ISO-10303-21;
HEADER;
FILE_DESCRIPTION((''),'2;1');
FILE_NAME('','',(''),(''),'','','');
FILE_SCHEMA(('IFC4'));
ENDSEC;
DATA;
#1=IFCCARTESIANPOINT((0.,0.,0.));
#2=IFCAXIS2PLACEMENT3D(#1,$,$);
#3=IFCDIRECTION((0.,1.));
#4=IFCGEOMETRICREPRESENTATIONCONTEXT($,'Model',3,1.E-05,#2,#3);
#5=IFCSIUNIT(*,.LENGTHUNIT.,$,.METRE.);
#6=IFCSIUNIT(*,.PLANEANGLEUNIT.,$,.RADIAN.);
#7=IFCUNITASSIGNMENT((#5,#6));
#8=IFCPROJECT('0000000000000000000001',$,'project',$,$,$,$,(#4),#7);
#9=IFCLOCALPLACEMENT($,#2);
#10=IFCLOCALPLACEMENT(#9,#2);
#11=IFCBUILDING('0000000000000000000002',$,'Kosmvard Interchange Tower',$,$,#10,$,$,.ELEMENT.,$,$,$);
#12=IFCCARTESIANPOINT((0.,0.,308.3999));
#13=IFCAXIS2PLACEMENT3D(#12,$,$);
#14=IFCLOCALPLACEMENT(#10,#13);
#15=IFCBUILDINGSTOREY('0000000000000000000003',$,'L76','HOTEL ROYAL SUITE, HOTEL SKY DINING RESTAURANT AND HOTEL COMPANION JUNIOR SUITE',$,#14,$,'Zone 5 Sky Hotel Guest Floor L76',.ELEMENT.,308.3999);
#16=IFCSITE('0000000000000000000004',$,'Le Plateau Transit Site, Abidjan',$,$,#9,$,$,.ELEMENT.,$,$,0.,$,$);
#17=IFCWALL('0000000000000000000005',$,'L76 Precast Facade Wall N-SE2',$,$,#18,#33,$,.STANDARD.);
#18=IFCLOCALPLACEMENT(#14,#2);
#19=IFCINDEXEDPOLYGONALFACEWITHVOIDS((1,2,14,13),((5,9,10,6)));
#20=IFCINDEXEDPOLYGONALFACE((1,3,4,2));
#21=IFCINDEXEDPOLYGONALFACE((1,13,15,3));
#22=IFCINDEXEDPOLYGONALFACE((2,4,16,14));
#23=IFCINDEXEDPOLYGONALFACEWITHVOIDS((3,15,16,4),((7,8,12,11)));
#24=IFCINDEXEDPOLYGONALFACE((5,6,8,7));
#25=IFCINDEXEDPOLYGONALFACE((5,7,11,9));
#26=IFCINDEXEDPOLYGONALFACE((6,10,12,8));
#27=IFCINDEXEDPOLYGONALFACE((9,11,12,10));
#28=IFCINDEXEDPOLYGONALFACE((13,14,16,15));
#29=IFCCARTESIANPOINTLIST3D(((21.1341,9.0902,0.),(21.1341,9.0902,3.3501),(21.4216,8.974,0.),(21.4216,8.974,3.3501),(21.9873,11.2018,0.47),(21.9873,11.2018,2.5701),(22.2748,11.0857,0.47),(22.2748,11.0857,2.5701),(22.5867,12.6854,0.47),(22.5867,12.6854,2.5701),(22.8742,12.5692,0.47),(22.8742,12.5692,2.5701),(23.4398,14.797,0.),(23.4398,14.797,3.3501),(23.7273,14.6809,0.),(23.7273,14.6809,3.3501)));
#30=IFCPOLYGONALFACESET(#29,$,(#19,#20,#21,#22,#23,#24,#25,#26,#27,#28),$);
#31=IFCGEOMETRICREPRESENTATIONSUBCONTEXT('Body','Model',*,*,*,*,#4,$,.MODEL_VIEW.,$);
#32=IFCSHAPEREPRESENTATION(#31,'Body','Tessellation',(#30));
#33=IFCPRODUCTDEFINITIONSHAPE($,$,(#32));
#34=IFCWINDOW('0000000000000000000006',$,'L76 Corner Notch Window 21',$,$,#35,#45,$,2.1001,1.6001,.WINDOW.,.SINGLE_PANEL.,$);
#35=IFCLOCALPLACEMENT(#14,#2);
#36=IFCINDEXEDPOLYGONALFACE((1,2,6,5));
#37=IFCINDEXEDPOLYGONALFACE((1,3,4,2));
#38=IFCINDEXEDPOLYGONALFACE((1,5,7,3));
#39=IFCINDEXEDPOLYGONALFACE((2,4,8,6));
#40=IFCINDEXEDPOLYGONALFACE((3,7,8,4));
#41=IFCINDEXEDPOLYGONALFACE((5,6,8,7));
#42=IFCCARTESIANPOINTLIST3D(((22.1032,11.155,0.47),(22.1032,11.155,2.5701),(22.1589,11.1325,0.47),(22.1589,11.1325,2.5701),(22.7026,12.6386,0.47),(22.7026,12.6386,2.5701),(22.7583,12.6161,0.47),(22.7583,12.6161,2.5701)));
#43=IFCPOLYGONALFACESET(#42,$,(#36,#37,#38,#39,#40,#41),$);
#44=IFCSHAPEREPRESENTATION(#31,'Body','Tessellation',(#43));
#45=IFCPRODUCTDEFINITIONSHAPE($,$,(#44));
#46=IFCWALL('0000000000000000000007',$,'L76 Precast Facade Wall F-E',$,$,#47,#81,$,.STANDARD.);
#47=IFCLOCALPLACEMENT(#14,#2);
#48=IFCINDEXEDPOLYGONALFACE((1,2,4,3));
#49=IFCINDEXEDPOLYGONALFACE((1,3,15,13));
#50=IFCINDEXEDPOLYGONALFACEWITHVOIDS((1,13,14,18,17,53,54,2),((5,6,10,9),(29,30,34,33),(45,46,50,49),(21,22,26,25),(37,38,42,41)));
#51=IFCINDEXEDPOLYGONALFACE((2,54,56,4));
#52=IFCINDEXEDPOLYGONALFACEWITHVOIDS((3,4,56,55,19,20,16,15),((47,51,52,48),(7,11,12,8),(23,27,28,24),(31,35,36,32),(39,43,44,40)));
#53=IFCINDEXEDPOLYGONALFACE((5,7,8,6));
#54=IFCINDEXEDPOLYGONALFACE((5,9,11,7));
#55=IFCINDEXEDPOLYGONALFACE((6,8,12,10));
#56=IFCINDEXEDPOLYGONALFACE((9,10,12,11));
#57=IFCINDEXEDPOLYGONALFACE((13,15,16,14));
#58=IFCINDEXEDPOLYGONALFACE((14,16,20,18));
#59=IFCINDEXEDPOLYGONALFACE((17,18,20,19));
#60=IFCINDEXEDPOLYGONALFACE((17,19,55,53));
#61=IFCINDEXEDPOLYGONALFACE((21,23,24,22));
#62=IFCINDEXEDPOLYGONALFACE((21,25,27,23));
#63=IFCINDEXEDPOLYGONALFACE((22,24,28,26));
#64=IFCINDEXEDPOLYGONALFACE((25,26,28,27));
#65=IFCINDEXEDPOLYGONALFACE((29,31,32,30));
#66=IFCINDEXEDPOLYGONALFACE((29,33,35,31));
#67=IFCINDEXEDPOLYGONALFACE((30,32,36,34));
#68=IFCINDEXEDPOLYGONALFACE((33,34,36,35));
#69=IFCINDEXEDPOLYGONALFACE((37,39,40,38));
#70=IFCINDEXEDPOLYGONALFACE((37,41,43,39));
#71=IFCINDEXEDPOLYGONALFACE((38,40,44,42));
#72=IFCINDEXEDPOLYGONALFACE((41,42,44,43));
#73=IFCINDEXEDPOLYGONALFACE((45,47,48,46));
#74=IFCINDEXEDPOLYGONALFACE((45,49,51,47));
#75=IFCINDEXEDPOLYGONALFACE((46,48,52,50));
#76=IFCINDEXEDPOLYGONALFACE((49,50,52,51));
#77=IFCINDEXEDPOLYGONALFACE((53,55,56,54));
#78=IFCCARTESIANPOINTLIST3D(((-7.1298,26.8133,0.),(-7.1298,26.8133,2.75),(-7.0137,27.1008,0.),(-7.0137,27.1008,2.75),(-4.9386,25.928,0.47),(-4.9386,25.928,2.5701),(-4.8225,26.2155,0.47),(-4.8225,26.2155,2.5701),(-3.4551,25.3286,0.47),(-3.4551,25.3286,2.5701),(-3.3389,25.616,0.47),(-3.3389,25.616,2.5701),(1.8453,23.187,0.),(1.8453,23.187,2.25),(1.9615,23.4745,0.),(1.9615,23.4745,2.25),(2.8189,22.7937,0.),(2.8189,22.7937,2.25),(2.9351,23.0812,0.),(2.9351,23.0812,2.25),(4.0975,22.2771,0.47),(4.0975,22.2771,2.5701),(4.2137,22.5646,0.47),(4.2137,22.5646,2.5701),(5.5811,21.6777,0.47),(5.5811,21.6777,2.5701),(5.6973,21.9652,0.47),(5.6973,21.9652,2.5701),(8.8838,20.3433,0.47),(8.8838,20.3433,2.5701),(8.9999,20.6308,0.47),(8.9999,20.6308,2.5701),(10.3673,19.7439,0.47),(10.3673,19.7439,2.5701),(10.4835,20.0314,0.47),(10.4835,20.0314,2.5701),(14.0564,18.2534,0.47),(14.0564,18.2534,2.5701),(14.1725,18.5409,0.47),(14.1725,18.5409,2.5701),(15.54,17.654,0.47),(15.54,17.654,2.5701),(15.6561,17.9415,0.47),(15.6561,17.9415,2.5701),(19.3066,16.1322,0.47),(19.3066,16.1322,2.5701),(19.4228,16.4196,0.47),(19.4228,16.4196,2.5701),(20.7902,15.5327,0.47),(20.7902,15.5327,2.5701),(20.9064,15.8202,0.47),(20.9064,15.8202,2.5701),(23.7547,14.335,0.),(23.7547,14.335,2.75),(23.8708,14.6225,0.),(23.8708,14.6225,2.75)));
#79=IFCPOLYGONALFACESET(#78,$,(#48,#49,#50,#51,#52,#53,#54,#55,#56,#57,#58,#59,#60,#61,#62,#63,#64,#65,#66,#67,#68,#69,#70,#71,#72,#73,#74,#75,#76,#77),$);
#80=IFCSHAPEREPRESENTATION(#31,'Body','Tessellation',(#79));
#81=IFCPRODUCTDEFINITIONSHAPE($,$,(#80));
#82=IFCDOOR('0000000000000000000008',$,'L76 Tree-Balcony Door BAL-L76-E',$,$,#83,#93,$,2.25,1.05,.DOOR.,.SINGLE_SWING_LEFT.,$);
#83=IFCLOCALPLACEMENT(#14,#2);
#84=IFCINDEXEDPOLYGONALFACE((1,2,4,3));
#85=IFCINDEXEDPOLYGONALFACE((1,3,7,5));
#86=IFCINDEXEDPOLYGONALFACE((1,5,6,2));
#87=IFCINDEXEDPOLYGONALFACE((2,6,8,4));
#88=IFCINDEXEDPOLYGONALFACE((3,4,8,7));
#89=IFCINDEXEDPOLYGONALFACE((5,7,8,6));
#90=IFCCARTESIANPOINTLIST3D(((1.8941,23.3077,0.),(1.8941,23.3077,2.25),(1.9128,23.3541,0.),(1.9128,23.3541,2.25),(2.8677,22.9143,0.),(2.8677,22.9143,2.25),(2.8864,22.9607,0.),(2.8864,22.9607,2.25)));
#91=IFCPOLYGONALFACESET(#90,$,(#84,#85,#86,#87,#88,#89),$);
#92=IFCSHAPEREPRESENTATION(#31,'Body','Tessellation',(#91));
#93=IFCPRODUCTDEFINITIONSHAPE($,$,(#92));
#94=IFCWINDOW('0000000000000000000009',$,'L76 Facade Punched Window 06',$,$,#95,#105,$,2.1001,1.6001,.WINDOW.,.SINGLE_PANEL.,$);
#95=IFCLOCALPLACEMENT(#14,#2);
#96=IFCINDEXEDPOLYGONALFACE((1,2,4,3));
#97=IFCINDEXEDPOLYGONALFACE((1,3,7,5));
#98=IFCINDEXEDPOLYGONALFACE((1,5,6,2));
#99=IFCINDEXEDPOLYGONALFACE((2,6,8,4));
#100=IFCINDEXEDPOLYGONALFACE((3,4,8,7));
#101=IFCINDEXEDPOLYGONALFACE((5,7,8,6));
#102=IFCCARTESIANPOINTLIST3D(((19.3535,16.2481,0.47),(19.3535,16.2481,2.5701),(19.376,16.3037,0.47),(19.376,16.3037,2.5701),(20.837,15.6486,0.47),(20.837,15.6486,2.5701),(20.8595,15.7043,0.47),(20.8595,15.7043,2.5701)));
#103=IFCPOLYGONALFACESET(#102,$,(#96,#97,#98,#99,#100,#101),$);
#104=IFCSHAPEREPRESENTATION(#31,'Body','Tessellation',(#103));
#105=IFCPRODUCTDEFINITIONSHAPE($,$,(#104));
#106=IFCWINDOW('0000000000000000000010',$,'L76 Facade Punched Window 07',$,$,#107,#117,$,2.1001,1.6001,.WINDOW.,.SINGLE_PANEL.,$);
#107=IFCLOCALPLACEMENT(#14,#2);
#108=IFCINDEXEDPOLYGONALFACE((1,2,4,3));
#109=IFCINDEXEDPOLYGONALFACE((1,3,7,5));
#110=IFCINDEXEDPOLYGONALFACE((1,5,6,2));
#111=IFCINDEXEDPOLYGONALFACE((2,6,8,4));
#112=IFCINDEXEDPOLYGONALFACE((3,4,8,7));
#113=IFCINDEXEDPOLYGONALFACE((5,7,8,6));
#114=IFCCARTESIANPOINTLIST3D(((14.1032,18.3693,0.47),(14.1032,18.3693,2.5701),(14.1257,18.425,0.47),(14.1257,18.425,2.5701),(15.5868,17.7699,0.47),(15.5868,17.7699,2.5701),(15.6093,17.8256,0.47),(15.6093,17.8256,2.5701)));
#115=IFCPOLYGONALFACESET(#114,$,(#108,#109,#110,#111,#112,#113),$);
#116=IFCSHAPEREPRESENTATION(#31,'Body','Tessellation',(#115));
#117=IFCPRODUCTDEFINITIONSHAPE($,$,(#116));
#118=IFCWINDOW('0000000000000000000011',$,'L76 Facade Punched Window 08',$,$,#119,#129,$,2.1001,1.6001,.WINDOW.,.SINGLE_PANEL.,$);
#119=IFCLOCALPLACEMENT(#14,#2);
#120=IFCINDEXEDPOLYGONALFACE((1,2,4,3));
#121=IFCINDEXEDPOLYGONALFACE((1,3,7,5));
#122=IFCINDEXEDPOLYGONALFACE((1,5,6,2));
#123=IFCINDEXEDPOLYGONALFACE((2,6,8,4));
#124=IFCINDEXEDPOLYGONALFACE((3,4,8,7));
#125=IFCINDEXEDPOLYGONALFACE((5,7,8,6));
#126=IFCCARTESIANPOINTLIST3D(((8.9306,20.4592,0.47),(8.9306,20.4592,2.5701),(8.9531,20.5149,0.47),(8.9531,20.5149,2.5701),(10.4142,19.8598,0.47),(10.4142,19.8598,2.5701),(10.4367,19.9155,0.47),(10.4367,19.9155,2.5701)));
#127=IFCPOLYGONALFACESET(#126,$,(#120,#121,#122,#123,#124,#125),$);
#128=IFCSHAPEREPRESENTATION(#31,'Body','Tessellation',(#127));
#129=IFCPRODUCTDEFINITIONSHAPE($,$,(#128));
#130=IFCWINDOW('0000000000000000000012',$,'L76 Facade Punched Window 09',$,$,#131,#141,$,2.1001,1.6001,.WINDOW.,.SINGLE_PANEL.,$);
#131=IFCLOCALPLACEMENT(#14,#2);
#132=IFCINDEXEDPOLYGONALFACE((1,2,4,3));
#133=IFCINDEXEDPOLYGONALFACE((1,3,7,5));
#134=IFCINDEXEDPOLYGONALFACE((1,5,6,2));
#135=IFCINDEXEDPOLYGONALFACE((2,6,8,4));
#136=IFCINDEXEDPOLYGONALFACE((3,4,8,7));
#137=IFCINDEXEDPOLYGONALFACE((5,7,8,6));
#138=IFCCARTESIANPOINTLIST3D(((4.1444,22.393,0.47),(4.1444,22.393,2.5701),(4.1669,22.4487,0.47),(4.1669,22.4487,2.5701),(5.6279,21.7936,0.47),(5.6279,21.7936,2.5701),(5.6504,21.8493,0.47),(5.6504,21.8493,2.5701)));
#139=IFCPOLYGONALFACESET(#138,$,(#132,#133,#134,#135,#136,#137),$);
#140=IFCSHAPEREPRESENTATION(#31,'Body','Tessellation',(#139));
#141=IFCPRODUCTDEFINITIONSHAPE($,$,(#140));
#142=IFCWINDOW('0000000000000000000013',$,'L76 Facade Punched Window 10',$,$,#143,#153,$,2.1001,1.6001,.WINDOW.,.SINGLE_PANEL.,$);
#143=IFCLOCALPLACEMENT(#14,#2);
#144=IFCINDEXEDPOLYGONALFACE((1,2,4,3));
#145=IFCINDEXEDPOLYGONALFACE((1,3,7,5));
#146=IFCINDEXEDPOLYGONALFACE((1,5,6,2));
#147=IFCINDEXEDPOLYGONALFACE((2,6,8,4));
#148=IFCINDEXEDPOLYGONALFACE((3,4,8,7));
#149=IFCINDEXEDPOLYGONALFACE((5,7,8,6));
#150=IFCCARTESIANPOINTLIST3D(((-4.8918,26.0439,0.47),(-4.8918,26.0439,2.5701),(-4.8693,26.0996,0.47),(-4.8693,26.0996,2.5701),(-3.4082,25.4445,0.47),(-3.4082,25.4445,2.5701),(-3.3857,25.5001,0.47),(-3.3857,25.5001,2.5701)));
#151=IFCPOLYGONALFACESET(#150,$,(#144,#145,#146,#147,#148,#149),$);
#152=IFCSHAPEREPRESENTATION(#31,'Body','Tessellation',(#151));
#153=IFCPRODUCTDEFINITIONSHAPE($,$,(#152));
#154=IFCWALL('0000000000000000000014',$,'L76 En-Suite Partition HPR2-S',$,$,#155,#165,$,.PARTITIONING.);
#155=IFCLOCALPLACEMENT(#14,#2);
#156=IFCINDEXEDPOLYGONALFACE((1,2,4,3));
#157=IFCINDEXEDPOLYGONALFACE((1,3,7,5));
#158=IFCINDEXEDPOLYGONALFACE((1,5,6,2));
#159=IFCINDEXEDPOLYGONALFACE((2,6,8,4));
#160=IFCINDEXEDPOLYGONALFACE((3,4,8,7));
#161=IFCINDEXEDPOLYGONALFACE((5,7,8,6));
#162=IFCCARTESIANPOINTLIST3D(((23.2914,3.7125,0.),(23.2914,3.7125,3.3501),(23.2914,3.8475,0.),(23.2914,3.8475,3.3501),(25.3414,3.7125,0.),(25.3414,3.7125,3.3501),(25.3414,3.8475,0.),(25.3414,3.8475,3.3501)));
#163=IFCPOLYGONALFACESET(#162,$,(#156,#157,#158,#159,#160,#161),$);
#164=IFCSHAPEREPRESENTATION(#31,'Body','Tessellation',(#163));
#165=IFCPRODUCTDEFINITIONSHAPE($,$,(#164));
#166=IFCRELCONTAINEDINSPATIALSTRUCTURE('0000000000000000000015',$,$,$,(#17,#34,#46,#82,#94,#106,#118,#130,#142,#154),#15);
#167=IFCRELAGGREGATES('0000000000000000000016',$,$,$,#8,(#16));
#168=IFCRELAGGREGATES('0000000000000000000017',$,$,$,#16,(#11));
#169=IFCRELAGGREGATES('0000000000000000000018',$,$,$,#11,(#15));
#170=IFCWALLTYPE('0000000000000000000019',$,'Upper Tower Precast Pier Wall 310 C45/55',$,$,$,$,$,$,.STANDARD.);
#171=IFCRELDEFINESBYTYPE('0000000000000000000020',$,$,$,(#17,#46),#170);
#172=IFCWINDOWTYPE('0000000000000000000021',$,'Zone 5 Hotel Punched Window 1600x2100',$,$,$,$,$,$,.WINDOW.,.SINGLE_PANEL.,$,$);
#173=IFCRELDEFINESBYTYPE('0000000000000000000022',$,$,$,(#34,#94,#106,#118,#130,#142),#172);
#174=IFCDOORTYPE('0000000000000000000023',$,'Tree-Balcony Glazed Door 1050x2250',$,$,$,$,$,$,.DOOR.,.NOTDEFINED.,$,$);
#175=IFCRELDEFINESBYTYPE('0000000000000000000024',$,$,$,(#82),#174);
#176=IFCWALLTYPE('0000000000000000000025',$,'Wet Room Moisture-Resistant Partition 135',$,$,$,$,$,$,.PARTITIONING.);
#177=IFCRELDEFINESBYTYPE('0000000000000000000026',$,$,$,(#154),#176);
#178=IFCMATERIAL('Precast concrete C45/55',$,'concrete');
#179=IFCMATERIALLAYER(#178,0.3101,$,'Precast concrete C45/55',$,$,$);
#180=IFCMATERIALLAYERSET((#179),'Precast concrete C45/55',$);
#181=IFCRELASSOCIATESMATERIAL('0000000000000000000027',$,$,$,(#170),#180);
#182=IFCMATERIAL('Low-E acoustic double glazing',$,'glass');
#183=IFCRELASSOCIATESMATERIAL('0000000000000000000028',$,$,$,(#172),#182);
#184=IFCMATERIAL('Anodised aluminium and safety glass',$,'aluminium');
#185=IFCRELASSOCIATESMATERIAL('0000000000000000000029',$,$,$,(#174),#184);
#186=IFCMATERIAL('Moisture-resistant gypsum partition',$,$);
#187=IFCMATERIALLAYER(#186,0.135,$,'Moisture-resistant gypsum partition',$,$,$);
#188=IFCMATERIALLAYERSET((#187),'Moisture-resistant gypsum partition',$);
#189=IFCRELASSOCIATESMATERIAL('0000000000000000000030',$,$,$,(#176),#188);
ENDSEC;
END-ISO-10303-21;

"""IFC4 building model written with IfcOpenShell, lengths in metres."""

from ifc_helpers import new_model, si_unit, direction, frame, frame_2d, origin, place, context, subcontext, project, spatial, rectangle, extrude, source, transform, mapped, material, layer, layer_set, type_object, element, fill, save


model = new_model("IFC4")

# Units and contexts
model_context = context("Model", 3, precision=1e-05, world=origin(), true_north=direction((0.0, 1.0)))
body_context = subcontext(model_context, "Body", "Model", "MODEL_VIEW")
ifc_project = project(units=[si_unit("LENGTHUNIT", "METRE"), si_unit("PLANEANGLEUNIT", "RADIAN")], contexts=[model_context])

# Site, building, storey
site_placement = place(None, origin())
site = spatial("IfcSite", under=ifc_project, at=site_placement, Name="Le Plateau Transit Site, Abidjan", CompositionType="ELEMENT", RefElevation=0.0)
building_placement = place(site_placement, origin())
building = spatial("IfcBuilding", under=site, at=building_placement, Name="Kosmvard Interchange Tower", CompositionType="ELEMENT")
storey_placement = place(building_placement, frame((0.0, 0.0, 308.3999)))
storey = spatial("IfcBuildingStorey", under=building, at=storey_placement, Name="L76", Description="HOTEL ROYAL SUITE, HOTEL SKY DINING RESTAURANT AND HOTEL COMPANION JUNIOR SUITE", LongName="Zone 5 Sky Hotel Guest Floor L76", CompositionType="ELEMENT", Elevation=308.3999)

# Shared definitions
ifc_material_1 = material(Name="Precast concrete C45/55", Category="concrete")

# Shared definitions
ifc_layer_1 = layer(ifc_material_1, 0.3101, Name="Precast concrete C45/55")
ifc_layer_set_1 = layer_set([ifc_layer_1], Name="Precast concrete C45/55")
wall_type_1 = type_object("IfcWallType", Name="Upper Tower Precast Pier Wall 310 C45/55", PredefinedType="STANDARD", material=ifc_layer_set_1)

# Wall, opening, window
wall_1_placement = place(storey_placement, frame((21.2778, 9.032, 0.0), z_axis=(0.0, 0.0, 1.0), x_axis=(0.374603, 0.927185, 0.0)))
wall_1 = element("IfcWall", 1, at=wall_1_placement, inside=storey, type_object=wall_type_1, Name="L76 Precast Facade Wall N-SE2", PredefinedType="STANDARD", context=body_context, shape_type="SweptSolid", body=[
    extrude(rectangle(XDim=6.155, YDim=0.3101, at=frame_2d((3.0776, 0.0))), origin(), (0.0, 0.0, 1.0), 3.3501),
])
opening_1_placement = place(wall_1_placement, frame((2.2776, 0.0, 0.47)))
opening_1 = element("IfcOpeningElement", 2, at=opening_1_placement, cuts=wall_1, PredefinedType="OPENING", context=body_context, shape_type="SweptSolid", body=[
    extrude(rectangle(XDim=1.6001, YDim=2.1001, at=frame_2d((0.8, 1.05))), frame((0.0, 0.165, 0.0), z_axis=(0.0, -1.0, 0.0), x_axis=(1.0, 0.0, 0.0)), (0.0, 0.0, 1.0), 0.3301),
])
ifc_material_2 = material(Name="Low-E acoustic double glazing", Category="glass")
window_type = type_object("IfcWindowType", Name="Zone 5 Hotel Punched Window 1600x2100", PartitioningType="SINGLE_PANEL", PredefinedType="WINDOW", material=ifc_material_2)
shared_shape_1 = source(origin(), body_context, "Body", "SweptSolid", [
    extrude(rectangle(XDim=1.6001, YDim=2.1001, at=frame_2d((0.8, 1.05))), frame((0.0, 0.03, 0.0), z_axis=(0.0, -1.0, 0.0), x_axis=(1.0, 0.0, 0.0)), (0.0, 0.0, 1.0), 0.0601),
])
window_1_placement = place(opening_1_placement, origin())
window_1 = element("IfcWindow", 3, at=window_1_placement, inside=storey, type_object=window_type, Name="L76 Corner Notch Window 21", OverallHeight=2.1001, OverallWidth=1.6001, PartitioningType="SINGLE_PANEL", PredefinedType="WINDOW", context=body_context, shape_type="MappedRepresentation", body=[
    mapped(shared_shape_1, transform((0.0, 0.0, 0.0), scale=1.0)),
])
fill(opening_1, window_1)

# Wall, openings, door, windows
wall_2_placement = place(storey_placement, frame((23.8127, 14.4788, 0.0), z_axis=(0.0, 0.0, 1.0), x_axis=(-0.927183, 0.37461, 0.0)))
wall_2 = element("IfcWall", 4, at=wall_2_placement, inside=storey, type_object=wall_type_1, Name="L76 Precast Facade Wall F-E", PredefinedType="STANDARD", context=body_context, shape_type="SweptSolid", body=[
    extrude(rectangle(XDim=33.3101, YDim=0.3101, at=frame_2d((16.655, 0.0))), origin(), (0.0, 0.0, 1.0), 2.75),
])
opening_2_placement = place(wall_2_placement, frame((22.5801, 0.0, 0.0)))
opening_2 = element("IfcOpeningElement", 5, at=opening_2_placement, cuts=wall_2, PredefinedType="OPENING", context=body_context, shape_type="SweptSolid", body=[
    extrude(rectangle(XDim=1.05, YDim=2.25, at=frame_2d((0.5249, 1.125))), frame((0.0, 0.165, 0.0), z_axis=(0.0, -1.0, 0.0), x_axis=(1.0, 0.0, 0.0)), (0.0, 0.0, 1.0), 0.3301),
])
opening_3_placement = place(wall_2_placement, frame((3.1973, 0.0, 0.47)))
opening_3 = element("IfcOpeningElement", 6, at=opening_3_placement, cuts=wall_2, PredefinedType="OPENING", context=body_context, shape_type="SweptSolid", body=[
    extrude(rectangle(XDim=1.6001, YDim=2.1001, at=frame_2d((0.8, 1.05))), frame((0.0, 0.165, 0.0), z_axis=(0.0, -1.0, 0.0), x_axis=(1.0, 0.0, 0.0)), (0.0, 0.0, 1.0), 0.3301),
])
opening_4_placement = place(wall_2_placement, frame((8.8599, 0.0, 0.47)))
opening_4 = element("IfcOpeningElement", 7, at=opening_4_placement, cuts=wall_2, PredefinedType="OPENING", context=body_context, shape_type="SweptSolid", body=[
    extrude(rectangle(XDim=1.6001, YDim=2.1001, at=frame_2d((0.8, 1.05))), frame((0.0, 0.165, 0.0), z_axis=(0.0, -1.0, 0.0), x_axis=(1.0, 0.0, 0.0)), (0.0, 0.0, 1.0), 0.3301),
])
opening_5_placement = place(wall_2_placement, frame((14.4387, 0.0, 0.47)))
opening_5 = element("IfcOpeningElement", 8, at=opening_5_placement, cuts=wall_2, PredefinedType="OPENING", context=body_context, shape_type="SweptSolid", body=[
    extrude(rectangle(XDim=1.6001, YDim=2.1001, at=frame_2d((0.8, 1.05))), frame((0.0, 0.165, 0.0), z_axis=(0.0, -1.0, 0.0), x_axis=(1.0, 0.0, 0.0)), (0.0, 0.0, 1.0), 0.3301),
])
opening_6_placement = place(wall_2_placement, frame((19.6008, 0.0, 0.47)))
opening_6 = element("IfcOpeningElement", 9, at=opening_6_placement, cuts=wall_2, PredefinedType="OPENING", context=body_context, shape_type="SweptSolid", body=[
    extrude(rectangle(XDim=1.6001, YDim=2.1001, at=frame_2d((0.8, 1.05))), frame((0.0, 0.165, 0.0), z_axis=(0.0, -1.0, 0.0), x_axis=(1.0, 0.0, 0.0)), (0.0, 0.0, 1.0), 0.3301),
])
opening_7_placement = place(wall_2_placement, frame((29.3467, 0.0, 0.47)))
opening_7 = element("IfcOpeningElement", 10, at=opening_7_placement, cuts=wall_2, PredefinedType="OPENING", context=body_context, shape_type="SweptSolid", body=[
    extrude(rectangle(XDim=1.6001, YDim=2.1001, at=frame_2d((0.8, 1.05))), frame((0.0, 0.165, 0.0), z_axis=(0.0, -1.0, 0.0), x_axis=(1.0, 0.0, 0.0)), (0.0, 0.0, 1.0), 0.3301),
])
ifc_material_3 = material(Name="Anodised aluminium and safety glass", Category="aluminium")
door_type_1 = type_object("IfcDoorType", Name="Tree-Balcony Glazed Door 1050x2250", OperationType="NOTDEFINED", PredefinedType="DOOR", material=ifc_material_3)
shared_shape_2 = source(origin(), body_context, "Body", "SweptSolid", [
    extrude(rectangle(XDim=1.05, YDim=2.25, at=frame_2d((0.5249, 1.125))), frame((0.0, 0.0249, 0.0), z_axis=(0.0, -1.0, 0.0), x_axis=(1.0, 0.0, 0.0)), (0.0, 0.0, 1.0), 0.05),
])
door_1_placement = place(opening_2_placement, origin())
door_1 = element("IfcDoor", 11, at=door_1_placement, inside=storey, type_object=door_type_1, Name="L76 Tree-Balcony Door BAL-L76-E", OperationType="SINGLE_SWING_LEFT", OverallHeight=2.25, OverallWidth=1.05, PredefinedType="DOOR", context=body_context, shape_type="MappedRepresentation", body=[
    mapped(shared_shape_2, transform((0.0, 0.0, 0.0), scale=1.0)),
])
fill(opening_2, door_1)
window_2_placement = place(opening_3_placement, origin())
window_2 = element("IfcWindow", 12, at=window_2_placement, inside=storey, type_object=window_type, Name="L76 Facade Punched Window 06", OverallHeight=2.1001, OverallWidth=1.6001, PartitioningType="SINGLE_PANEL", PredefinedType="WINDOW", context=body_context, shape_type="MappedRepresentation", body=[
    mapped(shared_shape_1, transform((0.0, 0.0, 0.0), scale=1.0)),
])
fill(opening_3, window_2)
window_3_placement = place(opening_4_placement, origin())
window_3 = element("IfcWindow", 13, at=window_3_placement, inside=storey, type_object=window_type, Name="L76 Facade Punched Window 07", OverallHeight=2.1001, OverallWidth=1.6001, PartitioningType="SINGLE_PANEL", PredefinedType="WINDOW", context=body_context, shape_type="MappedRepresentation", body=[
    mapped(shared_shape_1, transform((0.0, 0.0, 0.0), scale=1.0)),
])
fill(opening_4, window_3)
window_4_placement = place(opening_5_placement, origin())
window_4 = element("IfcWindow", 14, at=window_4_placement, inside=storey, type_object=window_type, Name="L76 Facade Punched Window 08", OverallHeight=2.1001, OverallWidth=1.6001, PartitioningType="SINGLE_PANEL", PredefinedType="WINDOW", context=body_context, shape_type="MappedRepresentation", body=[
    mapped(shared_shape_1, transform((0.0, 0.0, 0.0), scale=1.0)),
])
fill(opening_5, window_4)
window_5_placement = place(opening_6_placement, origin())
window_5 = element("IfcWindow", 15, at=window_5_placement, inside=storey, type_object=window_type, Name="L76 Facade Punched Window 09", OverallHeight=2.1001, OverallWidth=1.6001, PartitioningType="SINGLE_PANEL", PredefinedType="WINDOW", context=body_context, shape_type="MappedRepresentation", body=[
    mapped(shared_shape_1, transform((0.0, 0.0, 0.0), scale=1.0)),
])
fill(opening_6, window_5)
window_6_placement = place(opening_7_placement, origin())
window_6 = element("IfcWindow", 16, at=window_6_placement, inside=storey, type_object=window_type, Name="L76 Facade Punched Window 10", OverallHeight=2.1001, OverallWidth=1.6001, PartitioningType="SINGLE_PANEL", PredefinedType="WINDOW", context=body_context, shape_type="MappedRepresentation", body=[
    mapped(shared_shape_1, transform((0.0, 0.0, 0.0), scale=1.0)),
])
fill(opening_7, window_6)

# Wall
ifc_material_4 = material(Name="Moisture-resistant gypsum partition")
ifc_layer_2 = layer(ifc_material_4, 0.135, Name="Moisture-resistant gypsum partition")
ifc_layer_set_2 = layer_set([ifc_layer_2], Name="Moisture-resistant gypsum partition")
wall_type_2 = type_object("IfcWallType", Name="Wet Room Moisture-Resistant Partition 135", PredefinedType="PARTITIONING", material=ifc_layer_set_2)
wall_3_placement = place(storey_placement, frame((23.2915, 3.78, 0.0), z_axis=(0.0, 0.0, 1.0), x_axis=(1.0, 0.0, 0.0)))
element("IfcWall", 17, at=wall_3_placement, inside=storey, type_object=wall_type_2, Name="L76 En-Suite Partition HPR2-S", PredefinedType="PARTITIONING", context=body_context, shape_type="SweptSolid", body=[
    extrude(rectangle(XDim=2.05, YDim=0.135, at=frame_2d((1.0249, 0.0))), origin(), (0.0, 0.0, 1.0), 3.3501),
])

save(model, "model.ifc")
